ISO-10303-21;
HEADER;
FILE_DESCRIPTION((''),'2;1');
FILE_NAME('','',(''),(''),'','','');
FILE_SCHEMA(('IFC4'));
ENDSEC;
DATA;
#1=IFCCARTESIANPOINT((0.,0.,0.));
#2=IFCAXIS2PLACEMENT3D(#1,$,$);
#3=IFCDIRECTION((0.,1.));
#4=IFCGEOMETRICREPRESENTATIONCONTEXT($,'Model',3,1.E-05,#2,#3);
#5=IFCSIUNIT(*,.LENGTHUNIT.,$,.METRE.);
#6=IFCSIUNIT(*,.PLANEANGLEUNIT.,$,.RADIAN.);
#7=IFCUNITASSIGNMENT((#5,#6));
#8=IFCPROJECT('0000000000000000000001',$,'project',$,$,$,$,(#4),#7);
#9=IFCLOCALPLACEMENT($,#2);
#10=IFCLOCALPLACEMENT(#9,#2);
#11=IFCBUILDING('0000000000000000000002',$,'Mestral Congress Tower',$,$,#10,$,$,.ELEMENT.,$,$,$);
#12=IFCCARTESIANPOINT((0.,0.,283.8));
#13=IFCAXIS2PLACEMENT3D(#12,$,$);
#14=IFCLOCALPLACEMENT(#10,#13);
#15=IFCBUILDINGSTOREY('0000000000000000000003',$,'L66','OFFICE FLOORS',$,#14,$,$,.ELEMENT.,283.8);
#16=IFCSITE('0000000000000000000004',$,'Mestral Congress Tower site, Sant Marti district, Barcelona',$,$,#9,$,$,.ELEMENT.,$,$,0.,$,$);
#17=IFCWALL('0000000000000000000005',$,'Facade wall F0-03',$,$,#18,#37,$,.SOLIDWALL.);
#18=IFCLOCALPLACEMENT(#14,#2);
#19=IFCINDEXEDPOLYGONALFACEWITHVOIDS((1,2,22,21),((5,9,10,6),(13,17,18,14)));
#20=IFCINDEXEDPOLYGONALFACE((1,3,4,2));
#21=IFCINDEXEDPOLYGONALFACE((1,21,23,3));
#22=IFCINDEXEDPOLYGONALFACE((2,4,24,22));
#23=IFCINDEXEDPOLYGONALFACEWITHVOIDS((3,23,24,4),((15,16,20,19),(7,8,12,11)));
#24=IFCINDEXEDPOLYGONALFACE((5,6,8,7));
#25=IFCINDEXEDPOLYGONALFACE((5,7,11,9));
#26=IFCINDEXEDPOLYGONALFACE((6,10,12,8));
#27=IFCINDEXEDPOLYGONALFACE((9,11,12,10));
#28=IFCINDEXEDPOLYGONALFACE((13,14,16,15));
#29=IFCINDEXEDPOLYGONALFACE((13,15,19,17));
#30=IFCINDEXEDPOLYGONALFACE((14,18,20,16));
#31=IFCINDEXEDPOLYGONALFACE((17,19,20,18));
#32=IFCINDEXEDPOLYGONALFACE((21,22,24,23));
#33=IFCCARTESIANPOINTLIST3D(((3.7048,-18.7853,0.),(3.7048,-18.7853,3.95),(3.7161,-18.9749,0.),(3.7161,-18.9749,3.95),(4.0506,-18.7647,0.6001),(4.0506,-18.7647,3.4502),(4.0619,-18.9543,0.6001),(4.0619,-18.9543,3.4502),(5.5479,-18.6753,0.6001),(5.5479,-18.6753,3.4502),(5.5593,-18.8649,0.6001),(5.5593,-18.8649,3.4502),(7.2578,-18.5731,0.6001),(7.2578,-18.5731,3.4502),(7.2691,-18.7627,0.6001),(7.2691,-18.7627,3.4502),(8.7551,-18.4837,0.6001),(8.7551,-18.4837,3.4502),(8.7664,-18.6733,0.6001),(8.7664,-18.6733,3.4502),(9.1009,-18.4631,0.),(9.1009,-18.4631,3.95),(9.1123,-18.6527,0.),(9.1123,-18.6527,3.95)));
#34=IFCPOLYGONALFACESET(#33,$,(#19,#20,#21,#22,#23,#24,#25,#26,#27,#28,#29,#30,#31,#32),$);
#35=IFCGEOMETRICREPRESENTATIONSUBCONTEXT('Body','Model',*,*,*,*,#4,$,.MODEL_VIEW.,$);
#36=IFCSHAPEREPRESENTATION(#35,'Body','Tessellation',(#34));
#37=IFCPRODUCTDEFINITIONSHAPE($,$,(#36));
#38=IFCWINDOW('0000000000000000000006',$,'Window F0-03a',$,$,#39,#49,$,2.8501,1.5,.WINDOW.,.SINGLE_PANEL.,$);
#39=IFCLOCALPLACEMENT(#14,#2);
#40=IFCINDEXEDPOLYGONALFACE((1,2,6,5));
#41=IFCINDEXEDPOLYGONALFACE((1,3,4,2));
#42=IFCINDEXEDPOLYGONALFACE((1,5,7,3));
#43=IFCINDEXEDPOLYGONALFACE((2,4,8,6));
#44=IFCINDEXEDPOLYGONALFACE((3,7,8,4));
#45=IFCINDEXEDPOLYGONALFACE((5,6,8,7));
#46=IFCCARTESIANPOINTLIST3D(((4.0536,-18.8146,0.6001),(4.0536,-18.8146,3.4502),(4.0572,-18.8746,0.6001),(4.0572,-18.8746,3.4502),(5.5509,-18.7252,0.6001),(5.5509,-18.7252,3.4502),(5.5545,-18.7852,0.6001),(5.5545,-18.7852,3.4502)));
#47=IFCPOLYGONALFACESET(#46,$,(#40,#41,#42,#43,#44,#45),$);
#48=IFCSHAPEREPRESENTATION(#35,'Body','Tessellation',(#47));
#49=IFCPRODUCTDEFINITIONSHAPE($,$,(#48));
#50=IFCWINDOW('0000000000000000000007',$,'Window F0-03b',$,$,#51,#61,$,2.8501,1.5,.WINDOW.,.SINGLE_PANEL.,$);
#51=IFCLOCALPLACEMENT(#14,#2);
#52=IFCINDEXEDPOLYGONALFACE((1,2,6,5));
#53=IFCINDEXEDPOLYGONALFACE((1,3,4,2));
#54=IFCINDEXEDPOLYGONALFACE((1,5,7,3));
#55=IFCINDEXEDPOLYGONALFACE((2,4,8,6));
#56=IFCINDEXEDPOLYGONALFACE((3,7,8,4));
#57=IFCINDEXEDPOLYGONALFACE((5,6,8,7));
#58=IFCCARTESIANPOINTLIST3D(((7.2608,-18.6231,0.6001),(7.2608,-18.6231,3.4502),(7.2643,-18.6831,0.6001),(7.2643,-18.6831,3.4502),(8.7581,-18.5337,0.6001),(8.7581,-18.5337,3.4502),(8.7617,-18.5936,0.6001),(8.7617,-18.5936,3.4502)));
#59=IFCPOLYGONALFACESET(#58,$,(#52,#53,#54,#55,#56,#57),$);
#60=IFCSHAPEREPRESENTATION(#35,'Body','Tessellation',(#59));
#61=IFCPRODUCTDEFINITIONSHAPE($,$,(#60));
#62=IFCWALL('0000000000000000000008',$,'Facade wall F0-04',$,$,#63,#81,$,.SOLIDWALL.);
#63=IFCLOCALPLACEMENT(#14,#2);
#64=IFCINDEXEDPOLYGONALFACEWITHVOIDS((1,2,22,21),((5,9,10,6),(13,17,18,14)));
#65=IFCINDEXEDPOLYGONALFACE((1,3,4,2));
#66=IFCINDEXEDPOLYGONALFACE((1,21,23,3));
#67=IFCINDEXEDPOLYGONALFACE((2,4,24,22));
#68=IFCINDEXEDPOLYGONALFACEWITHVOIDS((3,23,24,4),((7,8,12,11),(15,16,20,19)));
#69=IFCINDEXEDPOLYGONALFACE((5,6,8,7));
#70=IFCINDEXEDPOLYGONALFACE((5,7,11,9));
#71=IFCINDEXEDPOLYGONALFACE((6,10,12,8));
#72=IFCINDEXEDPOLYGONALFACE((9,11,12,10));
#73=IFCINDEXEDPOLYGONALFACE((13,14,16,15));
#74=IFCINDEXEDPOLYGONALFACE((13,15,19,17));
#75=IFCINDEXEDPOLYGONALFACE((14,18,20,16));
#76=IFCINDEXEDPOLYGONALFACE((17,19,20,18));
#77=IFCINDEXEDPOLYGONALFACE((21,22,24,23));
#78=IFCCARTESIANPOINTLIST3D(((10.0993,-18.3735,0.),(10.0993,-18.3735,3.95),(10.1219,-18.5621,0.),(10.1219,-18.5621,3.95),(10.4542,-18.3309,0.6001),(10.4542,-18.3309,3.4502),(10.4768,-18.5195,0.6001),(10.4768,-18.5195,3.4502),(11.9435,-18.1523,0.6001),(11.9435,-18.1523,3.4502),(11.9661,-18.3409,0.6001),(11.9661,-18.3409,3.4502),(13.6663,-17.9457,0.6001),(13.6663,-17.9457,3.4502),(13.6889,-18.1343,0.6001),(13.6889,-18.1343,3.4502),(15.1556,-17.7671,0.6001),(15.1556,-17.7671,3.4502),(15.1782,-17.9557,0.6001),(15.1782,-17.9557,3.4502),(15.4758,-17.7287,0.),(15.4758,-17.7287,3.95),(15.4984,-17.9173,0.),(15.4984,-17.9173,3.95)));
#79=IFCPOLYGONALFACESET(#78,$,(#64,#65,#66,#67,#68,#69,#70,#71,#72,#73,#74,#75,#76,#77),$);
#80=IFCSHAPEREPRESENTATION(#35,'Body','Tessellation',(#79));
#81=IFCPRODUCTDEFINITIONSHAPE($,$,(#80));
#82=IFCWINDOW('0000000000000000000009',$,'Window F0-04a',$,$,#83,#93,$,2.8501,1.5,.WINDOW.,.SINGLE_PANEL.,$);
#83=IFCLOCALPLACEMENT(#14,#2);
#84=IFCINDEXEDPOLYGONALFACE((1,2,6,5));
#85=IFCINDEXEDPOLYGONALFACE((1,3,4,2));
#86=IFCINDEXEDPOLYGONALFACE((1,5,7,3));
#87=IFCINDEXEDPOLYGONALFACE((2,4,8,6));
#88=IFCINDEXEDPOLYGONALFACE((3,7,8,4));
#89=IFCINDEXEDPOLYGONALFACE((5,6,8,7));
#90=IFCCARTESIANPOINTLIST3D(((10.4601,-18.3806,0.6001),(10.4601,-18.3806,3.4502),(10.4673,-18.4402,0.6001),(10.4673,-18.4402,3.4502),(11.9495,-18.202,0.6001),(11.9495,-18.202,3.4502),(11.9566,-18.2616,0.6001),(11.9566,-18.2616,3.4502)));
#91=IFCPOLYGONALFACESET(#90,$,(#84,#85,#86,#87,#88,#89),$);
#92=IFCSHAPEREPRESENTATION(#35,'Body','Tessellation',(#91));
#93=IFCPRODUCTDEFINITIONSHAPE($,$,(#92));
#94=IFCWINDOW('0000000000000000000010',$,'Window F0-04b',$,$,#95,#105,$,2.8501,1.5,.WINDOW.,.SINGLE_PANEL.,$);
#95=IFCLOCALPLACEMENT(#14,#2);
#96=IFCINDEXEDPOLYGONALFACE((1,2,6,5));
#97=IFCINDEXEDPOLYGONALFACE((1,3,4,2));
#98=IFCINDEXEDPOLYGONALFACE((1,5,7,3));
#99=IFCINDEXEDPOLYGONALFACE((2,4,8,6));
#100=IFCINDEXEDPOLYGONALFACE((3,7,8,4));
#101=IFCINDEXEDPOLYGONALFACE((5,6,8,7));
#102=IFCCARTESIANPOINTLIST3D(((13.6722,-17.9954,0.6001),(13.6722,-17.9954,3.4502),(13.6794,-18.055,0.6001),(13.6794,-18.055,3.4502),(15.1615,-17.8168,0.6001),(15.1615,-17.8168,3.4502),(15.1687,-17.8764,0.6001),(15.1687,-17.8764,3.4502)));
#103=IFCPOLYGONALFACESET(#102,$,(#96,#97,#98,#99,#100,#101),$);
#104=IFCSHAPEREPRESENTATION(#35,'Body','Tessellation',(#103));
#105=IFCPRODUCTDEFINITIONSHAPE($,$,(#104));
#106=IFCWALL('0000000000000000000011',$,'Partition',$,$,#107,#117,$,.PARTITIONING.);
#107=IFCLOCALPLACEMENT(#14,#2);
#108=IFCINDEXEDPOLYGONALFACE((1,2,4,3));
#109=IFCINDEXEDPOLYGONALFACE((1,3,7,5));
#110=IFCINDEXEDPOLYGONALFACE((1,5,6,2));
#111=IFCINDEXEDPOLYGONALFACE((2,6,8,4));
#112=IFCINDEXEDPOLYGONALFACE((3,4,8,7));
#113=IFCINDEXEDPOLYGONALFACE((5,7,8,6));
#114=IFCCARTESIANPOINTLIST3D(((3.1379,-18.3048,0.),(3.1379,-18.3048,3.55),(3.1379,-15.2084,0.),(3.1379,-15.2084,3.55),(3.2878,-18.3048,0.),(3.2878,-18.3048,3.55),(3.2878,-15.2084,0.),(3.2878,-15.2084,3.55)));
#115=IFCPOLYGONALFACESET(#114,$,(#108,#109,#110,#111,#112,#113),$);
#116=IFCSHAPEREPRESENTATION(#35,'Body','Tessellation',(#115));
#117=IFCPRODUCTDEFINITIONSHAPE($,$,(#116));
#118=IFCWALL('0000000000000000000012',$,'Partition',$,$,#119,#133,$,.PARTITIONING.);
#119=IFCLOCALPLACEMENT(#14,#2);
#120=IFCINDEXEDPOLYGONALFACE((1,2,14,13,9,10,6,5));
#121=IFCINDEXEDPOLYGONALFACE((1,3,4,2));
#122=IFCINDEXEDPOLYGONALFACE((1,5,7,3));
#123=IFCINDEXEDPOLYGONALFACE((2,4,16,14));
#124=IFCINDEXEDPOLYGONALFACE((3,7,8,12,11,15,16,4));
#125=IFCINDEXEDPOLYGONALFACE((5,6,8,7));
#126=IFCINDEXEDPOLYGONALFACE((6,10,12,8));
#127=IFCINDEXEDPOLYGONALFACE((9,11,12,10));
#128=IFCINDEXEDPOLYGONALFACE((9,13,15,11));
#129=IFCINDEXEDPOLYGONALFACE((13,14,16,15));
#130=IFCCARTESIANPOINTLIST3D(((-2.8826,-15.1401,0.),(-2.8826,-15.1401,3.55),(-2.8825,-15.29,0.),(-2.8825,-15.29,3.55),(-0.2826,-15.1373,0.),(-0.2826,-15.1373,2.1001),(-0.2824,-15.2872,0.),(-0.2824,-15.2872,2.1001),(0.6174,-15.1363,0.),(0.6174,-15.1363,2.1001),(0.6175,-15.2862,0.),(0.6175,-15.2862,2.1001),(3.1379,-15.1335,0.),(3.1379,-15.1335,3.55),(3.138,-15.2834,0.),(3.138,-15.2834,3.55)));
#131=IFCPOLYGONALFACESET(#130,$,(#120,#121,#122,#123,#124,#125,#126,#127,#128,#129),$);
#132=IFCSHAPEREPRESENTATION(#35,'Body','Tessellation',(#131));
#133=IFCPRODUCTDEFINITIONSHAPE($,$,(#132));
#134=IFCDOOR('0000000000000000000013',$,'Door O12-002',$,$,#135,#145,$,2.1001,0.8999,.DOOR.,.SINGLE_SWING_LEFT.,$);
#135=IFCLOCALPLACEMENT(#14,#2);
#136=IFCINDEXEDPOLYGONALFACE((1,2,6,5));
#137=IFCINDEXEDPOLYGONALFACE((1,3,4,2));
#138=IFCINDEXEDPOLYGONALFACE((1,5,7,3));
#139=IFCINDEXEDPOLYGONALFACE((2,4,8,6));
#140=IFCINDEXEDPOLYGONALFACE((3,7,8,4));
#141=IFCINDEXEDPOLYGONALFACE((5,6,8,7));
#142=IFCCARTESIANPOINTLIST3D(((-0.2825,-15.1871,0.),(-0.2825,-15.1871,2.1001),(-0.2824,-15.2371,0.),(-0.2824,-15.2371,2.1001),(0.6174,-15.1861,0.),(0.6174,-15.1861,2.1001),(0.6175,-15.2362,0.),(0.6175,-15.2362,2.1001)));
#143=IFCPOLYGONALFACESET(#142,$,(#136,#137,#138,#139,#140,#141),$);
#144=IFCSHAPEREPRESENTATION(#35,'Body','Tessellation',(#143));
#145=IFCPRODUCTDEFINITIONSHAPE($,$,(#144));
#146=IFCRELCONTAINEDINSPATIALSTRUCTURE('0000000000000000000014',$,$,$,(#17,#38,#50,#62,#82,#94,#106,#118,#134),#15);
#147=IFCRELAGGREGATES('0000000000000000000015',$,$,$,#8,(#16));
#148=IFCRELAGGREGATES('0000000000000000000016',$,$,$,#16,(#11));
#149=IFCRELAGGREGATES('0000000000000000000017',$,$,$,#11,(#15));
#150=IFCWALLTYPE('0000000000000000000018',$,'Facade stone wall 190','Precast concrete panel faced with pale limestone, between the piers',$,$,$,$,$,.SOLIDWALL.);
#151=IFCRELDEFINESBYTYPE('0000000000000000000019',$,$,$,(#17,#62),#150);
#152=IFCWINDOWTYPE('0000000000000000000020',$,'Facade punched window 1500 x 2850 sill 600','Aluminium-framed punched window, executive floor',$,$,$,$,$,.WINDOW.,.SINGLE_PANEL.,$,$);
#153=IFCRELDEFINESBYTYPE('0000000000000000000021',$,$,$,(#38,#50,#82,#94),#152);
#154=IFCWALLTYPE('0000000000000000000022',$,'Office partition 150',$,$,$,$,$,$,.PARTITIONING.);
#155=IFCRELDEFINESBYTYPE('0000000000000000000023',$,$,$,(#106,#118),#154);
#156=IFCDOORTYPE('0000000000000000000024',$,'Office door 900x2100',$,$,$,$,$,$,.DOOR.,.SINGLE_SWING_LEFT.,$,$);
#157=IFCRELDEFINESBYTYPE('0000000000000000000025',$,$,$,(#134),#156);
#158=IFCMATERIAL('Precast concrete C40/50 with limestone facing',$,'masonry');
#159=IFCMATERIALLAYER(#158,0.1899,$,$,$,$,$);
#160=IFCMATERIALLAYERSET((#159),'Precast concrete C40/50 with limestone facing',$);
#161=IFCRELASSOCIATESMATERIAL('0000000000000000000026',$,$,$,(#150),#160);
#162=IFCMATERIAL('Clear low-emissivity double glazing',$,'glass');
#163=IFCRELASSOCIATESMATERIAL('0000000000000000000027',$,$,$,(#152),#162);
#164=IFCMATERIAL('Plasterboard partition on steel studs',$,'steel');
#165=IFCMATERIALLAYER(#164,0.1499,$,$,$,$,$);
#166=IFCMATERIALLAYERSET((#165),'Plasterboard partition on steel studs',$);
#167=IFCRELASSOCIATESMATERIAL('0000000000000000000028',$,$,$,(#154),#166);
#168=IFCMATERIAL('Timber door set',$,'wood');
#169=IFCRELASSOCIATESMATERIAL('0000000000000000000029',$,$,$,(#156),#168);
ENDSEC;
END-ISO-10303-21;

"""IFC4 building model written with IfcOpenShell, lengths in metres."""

from ifc_helpers import new_model, si_unit, direction, frame, frame_2d, origin, place, context, subcontext, project, spatial, rectangle, extrude, material, layer, layer_set, type_object, element, fill, save


model = new_model("IFC4")

# Units and contexts
model_context = context("Model", 3, precision=1e-05, world=origin(), true_north=direction((0.0, 1.0)))
body_context = subcontext(model_context, "Body", "Model", "MODEL_VIEW")
ifc_project = project(units=[si_unit("LENGTHUNIT", "METRE"), si_unit("PLANEANGLEUNIT", "RADIAN")], contexts=[model_context])

# Site, building, storey
site_placement = place(None, origin())
site = spatial("IfcSite", under=ifc_project, at=site_placement, Name="Mestral Congress Tower site, Sant Marti district, Barcelona", CompositionType="ELEMENT", RefElevation=0.0)
building_placement = place(site_placement, origin())
building = spatial("IfcBuilding", under=site, at=building_placement, Name="Mestral Congress Tower", CompositionType="ELEMENT")
storey_placement = place(building_placement, frame((0.0, 0.0, 283.8)))
storey = spatial("IfcBuildingStorey", under=building, at=storey_placement, Name="L66", Description="OFFICE FLOORS", CompositionType="ELEMENT", Elevation=283.8)

# Walls, openings, windows
ifc_material_1 = material(Name="Precast concrete C40/50 with limestone facing", Category="masonry")
ifc_layer_1 = layer(ifc_material_1, 0.1899)
ifc_layer_set_1 = layer_set([ifc_layer_1], Name="Precast concrete C40/50 with limestone facing")
wall_type_1 = type_object("IfcWallType", Name="Facade stone wall 190", Description="Precast concrete panel faced with pale limestone, between the piers", PredefinedType="SOLIDWALL", material=ifc_layer_set_1)
wall_1_placement = place(storey_placement, frame((3.7104, -18.8801, 0.0), z_axis=(0.0, 0.0, 1.0), x_axis=(0.998221, 0.059614, 0.0)))
wall_1 = element("IfcWall", 1, at=wall_1_placement, inside=storey, type_object=wall_type_1, Name="Facade wall F0-03", PredefinedType="SOLIDWALL", context=body_context, shape_type="SweptSolid", body=[
    extrude(rectangle(XDim=5.4058, YDim=0.1899, at=frame_2d((2.7029, 0.0))), origin(), (0.0, 0.0, 1.0), 3.95),
])
opening_1_placement = place(wall_1_placement, frame((0.3464, 0.0, 0.6001)))
opening_1 = element("IfcOpeningElement", 2, at=opening_1_placement, cuts=wall_1, PredefinedType="OPENING", context=body_context, shape_type="SweptSolid", body=[
    extrude(rectangle(XDim=1.5, YDim=2.8501, at=frame_2d((0.75, 1.425))), frame((0.0, 0.105, 0.0), z_axis=(0.0, -1.0, 0.0), x_axis=(1.0, 0.0, 0.0)), (0.0, 0.0, 1.0), 0.21),
])
opening_2_placement = place(wall_1_placement, frame((3.5593, 0.0, 0.6001)))
opening_2 = element("IfcOpeningElement", 3, at=opening_2_placement, cuts=wall_1, PredefinedType="OPENING", context=body_context, shape_type="SweptSolid", body=[
    extrude(rectangle(XDim=1.5, YDim=2.8501, at=frame_2d((0.75, 1.425))), frame((0.0, 0.105, 0.0), z_axis=(0.0, -1.0, 0.0), x_axis=(1.0, 0.0, 0.0)), (0.0, 0.0, 1.0), 0.21),
])
ifc_material_2 = material(Name="Clear low-emissivity double glazing", Category="glass")
window_type = type_object("IfcWindowType", Name="Facade punched window 1500 x 2850 sill 600", Description="Aluminium-framed punched window, executive floor", PartitioningType="SINGLE_PANEL", PredefinedType="WINDOW", material=ifc_material_2)
window_1_placement = place(opening_1_placement, origin())
window_1 = element("IfcWindow", 4, at=window_1_placement, inside=storey, type_object=window_type, Name="Window F0-03a", OverallHeight=2.8501, OverallWidth=1.5, PartitioningType="SINGLE_PANEL", PredefinedType="WINDOW", context=body_context, shape_type="SweptSolid", body=[
    extrude(rectangle(XDim=1.5, YDim=2.8501, at=frame_2d((0.75, 1.425))), frame((0.0, 0.0449, 0.0), z_axis=(0.0, -1.0, 0.0), x_axis=(1.0, 0.0, 0.0)), (0.0, 0.0, 1.0), 0.0601),
])
fill(opening_1, window_1)
window_2_placement = place(opening_2_placement, origin())
window_2 = element("IfcWindow", 5, at=window_2_placement, inside=storey, type_object=window_type, Name="Window F0-03b", OverallHeight=2.8501, OverallWidth=1.5, PartitioningType="SINGLE_PANEL", PredefinedType="WINDOW", context=body_context, shape_type="SweptSolid", body=[
    extrude(rectangle(XDim=1.5, YDim=2.8501, at=frame_2d((0.75, 1.425))), frame((0.0, 0.0449, 0.0), z_axis=(0.0, -1.0, 0.0), x_axis=(1.0, 0.0, 0.0)), (0.0, 0.0, 1.0), 0.0601),
])
fill(opening_2, window_2)
wall_2_placement = place(storey_placement, frame((10.1106, -18.4678, 0.0), z_axis=(0.0, 0.0, 1.0), x_axis=(0.992886, 0.119072, 0.0)))
wall_2 = element("IfcWall", 6, at=wall_2_placement, inside=storey, type_object=wall_type_1, Name="Facade wall F0-04", PredefinedType="SOLIDWALL", context=body_context, shape_type="SweptSolid", body=[
    extrude(rectangle(XDim=5.415, YDim=0.1899, at=frame_2d((2.7075, 0.0))), origin(), (0.0, 0.0, 1.0), 3.95),
])
opening_3_placement = place(wall_2_placement, frame((0.3574, 0.0, 0.6001)))
opening_3 = element("IfcOpeningElement", 7, at=opening_3_placement, cuts=wall_2, PredefinedType="OPENING", context=body_context, shape_type="SweptSolid", body=[
    extrude(rectangle(XDim=1.5, YDim=2.8501, at=frame_2d((0.75, 1.425))), frame((0.0, 0.105, 0.0), z_axis=(0.0, -1.0, 0.0), x_axis=(1.0, 0.0, 0.0)), (0.0, 0.0, 1.0), 0.21),
])
opening_4_placement = place(wall_2_placement, frame((3.5925, 0.0, 0.6001)))
opening_4 = element("IfcOpeningElement", 8, at=opening_4_placement, cuts=wall_2, PredefinedType="OPENING", context=body_context, shape_type="SweptSolid", body=[
    extrude(rectangle(XDim=1.5, YDim=2.8501, at=frame_2d((0.75, 1.425))), frame((0.0, 0.105, 0.0), z_axis=(0.0, -1.0, 0.0), x_axis=(1.0, 0.0, 0.0)), (0.0, 0.0, 1.0), 0.21),
])
window_3_placement = place(opening_3_placement, origin())
window_3 = element("IfcWindow", 9, at=window_3_placement, inside=storey, type_object=window_type, Name="Window F0-04a", OverallHeight=2.8501, OverallWidth=1.5, PartitioningType="SINGLE_PANEL", PredefinedType="WINDOW", context=body_context, shape_type="SweptSolid", body=[
    extrude(rectangle(XDim=1.5, YDim=2.8501, at=frame_2d((0.75, 1.425))), frame((0.0, 0.0449, 0.0), z_axis=(0.0, -1.0, 0.0), x_axis=(1.0, 0.0, 0.0)), (0.0, 0.0, 1.0), 0.0601),
])
fill(opening_3, window_3)
window_4_placement = place(opening_4_placement, origin())
window_4 = element("IfcWindow", 10, at=window_4_placement, inside=storey, type_object=window_type, Name="Window F0-04b", OverallHeight=2.8501, OverallWidth=1.5, PartitioningType="SINGLE_PANEL", PredefinedType="WINDOW", context=body_context, shape_type="SweptSolid", body=[
    extrude(rectangle(XDim=1.5, YDim=2.8501, at=frame_2d((0.75, 1.425))), frame((0.0, 0.0449, 0.0), z_axis=(0.0, -1.0, 0.0), x_axis=(1.0, 0.0, 0.0)), (0.0, 0.0, 1.0), 0.0601),
])
fill(opening_4, window_4)

# Wall
ifc_material_3 = material(Name="Plasterboard partition on steel studs", Category="steel")
ifc_layer_2 = layer(ifc_material_3, 0.1499)
ifc_layer_set_2 = layer_set([ifc_layer_2], Name="Plasterboard partition on steel studs")
wall_type_2 = type_object("IfcWallType", Name="Office partition 150", PredefinedType="PARTITIONING", material=ifc_layer_set_2)
wall_3_placement = place(storey_placement, frame((3.2129, -15.2083, 0.0), z_axis=(0.0, 0.0, 1.0), x_axis=(0.0, -1.0, 0.0)))
element("IfcWall", 11, at=wall_3_placement, inside=storey, type_object=wall_type_2, Name="Partition", PredefinedType="PARTITIONING", context=body_context, shape_type="SweptSolid", body=[
    extrude(rectangle(XDim=3.0964, YDim=0.1499, at=frame_2d((1.5483, 0.0))), origin(), (0.0, 0.0, 1.0), 3.55),
])

# Wall, opening, door
wall_4_placement = place(storey_placement, frame((3.1379, -15.2085, 0.0), z_axis=(0.0, 0.0, 1.0), x_axis=(-0.999999, -0.001095, 0.0)))
wall_4 = element("IfcWall", 12, at=wall_4_placement, inside=storey, type_object=wall_type_2, Name="Partition", PredefinedType="PARTITIONING", context=body_context, shape_type="SweptSolid", body=[
    extrude(rectangle(XDim=6.0205, YDim=0.1499, at=frame_2d((3.0103, 0.0))), origin(), (0.0, 0.0, 1.0), 3.55),
])
opening_5_placement = place(wall_4_placement, frame((2.5205, 0.0, 0.0)))
opening_5 = element("IfcOpeningElement", 13, at=opening_5_placement, cuts=wall_4, PredefinedType="OPENING", context=body_context, shape_type="SweptSolid", body=[
    extrude(rectangle(XDim=0.8999, YDim=2.1001, at=frame_2d((0.45, 1.05))), frame((0.0, 0.085, 0.0), z_axis=(0.0, -1.0, 0.0), x_axis=(1.0, 0.0, 0.0)), (0.0, 0.0, 1.0), 0.1699),
])
ifc_material_4 = material(Name="Timber door set", Category="wood")
door_type_1 = type_object("IfcDoorType", Name="Office door 900x2100", OperationType="SINGLE_SWING_LEFT", PredefinedType="DOOR", material=ifc_material_4)
door_1_placement = place(opening_5_placement, origin())
door_1 = element("IfcDoor", 14, at=door_1_placement, inside=storey, type_object=door_type_1, Name="Door O12-002", OperationType="SINGLE_SWING_LEFT", OverallHeight=2.1001, OverallWidth=0.8999, PredefinedType="DOOR", context=body_context, shape_type="SweptSolid", body=[
    extrude(rectangle(XDim=0.8999, YDim=2.1001, at=frame_2d((0.45, 1.05))), frame((0.0, 0.0249, 0.0), z_axis=(0.0, -1.0, 0.0), x_axis=(1.0, 0.0, 0.0)), (0.0, 0.0, 1.0), 0.05),
])
fill(opening_5, door_1)

save(model, "model.ifc")
